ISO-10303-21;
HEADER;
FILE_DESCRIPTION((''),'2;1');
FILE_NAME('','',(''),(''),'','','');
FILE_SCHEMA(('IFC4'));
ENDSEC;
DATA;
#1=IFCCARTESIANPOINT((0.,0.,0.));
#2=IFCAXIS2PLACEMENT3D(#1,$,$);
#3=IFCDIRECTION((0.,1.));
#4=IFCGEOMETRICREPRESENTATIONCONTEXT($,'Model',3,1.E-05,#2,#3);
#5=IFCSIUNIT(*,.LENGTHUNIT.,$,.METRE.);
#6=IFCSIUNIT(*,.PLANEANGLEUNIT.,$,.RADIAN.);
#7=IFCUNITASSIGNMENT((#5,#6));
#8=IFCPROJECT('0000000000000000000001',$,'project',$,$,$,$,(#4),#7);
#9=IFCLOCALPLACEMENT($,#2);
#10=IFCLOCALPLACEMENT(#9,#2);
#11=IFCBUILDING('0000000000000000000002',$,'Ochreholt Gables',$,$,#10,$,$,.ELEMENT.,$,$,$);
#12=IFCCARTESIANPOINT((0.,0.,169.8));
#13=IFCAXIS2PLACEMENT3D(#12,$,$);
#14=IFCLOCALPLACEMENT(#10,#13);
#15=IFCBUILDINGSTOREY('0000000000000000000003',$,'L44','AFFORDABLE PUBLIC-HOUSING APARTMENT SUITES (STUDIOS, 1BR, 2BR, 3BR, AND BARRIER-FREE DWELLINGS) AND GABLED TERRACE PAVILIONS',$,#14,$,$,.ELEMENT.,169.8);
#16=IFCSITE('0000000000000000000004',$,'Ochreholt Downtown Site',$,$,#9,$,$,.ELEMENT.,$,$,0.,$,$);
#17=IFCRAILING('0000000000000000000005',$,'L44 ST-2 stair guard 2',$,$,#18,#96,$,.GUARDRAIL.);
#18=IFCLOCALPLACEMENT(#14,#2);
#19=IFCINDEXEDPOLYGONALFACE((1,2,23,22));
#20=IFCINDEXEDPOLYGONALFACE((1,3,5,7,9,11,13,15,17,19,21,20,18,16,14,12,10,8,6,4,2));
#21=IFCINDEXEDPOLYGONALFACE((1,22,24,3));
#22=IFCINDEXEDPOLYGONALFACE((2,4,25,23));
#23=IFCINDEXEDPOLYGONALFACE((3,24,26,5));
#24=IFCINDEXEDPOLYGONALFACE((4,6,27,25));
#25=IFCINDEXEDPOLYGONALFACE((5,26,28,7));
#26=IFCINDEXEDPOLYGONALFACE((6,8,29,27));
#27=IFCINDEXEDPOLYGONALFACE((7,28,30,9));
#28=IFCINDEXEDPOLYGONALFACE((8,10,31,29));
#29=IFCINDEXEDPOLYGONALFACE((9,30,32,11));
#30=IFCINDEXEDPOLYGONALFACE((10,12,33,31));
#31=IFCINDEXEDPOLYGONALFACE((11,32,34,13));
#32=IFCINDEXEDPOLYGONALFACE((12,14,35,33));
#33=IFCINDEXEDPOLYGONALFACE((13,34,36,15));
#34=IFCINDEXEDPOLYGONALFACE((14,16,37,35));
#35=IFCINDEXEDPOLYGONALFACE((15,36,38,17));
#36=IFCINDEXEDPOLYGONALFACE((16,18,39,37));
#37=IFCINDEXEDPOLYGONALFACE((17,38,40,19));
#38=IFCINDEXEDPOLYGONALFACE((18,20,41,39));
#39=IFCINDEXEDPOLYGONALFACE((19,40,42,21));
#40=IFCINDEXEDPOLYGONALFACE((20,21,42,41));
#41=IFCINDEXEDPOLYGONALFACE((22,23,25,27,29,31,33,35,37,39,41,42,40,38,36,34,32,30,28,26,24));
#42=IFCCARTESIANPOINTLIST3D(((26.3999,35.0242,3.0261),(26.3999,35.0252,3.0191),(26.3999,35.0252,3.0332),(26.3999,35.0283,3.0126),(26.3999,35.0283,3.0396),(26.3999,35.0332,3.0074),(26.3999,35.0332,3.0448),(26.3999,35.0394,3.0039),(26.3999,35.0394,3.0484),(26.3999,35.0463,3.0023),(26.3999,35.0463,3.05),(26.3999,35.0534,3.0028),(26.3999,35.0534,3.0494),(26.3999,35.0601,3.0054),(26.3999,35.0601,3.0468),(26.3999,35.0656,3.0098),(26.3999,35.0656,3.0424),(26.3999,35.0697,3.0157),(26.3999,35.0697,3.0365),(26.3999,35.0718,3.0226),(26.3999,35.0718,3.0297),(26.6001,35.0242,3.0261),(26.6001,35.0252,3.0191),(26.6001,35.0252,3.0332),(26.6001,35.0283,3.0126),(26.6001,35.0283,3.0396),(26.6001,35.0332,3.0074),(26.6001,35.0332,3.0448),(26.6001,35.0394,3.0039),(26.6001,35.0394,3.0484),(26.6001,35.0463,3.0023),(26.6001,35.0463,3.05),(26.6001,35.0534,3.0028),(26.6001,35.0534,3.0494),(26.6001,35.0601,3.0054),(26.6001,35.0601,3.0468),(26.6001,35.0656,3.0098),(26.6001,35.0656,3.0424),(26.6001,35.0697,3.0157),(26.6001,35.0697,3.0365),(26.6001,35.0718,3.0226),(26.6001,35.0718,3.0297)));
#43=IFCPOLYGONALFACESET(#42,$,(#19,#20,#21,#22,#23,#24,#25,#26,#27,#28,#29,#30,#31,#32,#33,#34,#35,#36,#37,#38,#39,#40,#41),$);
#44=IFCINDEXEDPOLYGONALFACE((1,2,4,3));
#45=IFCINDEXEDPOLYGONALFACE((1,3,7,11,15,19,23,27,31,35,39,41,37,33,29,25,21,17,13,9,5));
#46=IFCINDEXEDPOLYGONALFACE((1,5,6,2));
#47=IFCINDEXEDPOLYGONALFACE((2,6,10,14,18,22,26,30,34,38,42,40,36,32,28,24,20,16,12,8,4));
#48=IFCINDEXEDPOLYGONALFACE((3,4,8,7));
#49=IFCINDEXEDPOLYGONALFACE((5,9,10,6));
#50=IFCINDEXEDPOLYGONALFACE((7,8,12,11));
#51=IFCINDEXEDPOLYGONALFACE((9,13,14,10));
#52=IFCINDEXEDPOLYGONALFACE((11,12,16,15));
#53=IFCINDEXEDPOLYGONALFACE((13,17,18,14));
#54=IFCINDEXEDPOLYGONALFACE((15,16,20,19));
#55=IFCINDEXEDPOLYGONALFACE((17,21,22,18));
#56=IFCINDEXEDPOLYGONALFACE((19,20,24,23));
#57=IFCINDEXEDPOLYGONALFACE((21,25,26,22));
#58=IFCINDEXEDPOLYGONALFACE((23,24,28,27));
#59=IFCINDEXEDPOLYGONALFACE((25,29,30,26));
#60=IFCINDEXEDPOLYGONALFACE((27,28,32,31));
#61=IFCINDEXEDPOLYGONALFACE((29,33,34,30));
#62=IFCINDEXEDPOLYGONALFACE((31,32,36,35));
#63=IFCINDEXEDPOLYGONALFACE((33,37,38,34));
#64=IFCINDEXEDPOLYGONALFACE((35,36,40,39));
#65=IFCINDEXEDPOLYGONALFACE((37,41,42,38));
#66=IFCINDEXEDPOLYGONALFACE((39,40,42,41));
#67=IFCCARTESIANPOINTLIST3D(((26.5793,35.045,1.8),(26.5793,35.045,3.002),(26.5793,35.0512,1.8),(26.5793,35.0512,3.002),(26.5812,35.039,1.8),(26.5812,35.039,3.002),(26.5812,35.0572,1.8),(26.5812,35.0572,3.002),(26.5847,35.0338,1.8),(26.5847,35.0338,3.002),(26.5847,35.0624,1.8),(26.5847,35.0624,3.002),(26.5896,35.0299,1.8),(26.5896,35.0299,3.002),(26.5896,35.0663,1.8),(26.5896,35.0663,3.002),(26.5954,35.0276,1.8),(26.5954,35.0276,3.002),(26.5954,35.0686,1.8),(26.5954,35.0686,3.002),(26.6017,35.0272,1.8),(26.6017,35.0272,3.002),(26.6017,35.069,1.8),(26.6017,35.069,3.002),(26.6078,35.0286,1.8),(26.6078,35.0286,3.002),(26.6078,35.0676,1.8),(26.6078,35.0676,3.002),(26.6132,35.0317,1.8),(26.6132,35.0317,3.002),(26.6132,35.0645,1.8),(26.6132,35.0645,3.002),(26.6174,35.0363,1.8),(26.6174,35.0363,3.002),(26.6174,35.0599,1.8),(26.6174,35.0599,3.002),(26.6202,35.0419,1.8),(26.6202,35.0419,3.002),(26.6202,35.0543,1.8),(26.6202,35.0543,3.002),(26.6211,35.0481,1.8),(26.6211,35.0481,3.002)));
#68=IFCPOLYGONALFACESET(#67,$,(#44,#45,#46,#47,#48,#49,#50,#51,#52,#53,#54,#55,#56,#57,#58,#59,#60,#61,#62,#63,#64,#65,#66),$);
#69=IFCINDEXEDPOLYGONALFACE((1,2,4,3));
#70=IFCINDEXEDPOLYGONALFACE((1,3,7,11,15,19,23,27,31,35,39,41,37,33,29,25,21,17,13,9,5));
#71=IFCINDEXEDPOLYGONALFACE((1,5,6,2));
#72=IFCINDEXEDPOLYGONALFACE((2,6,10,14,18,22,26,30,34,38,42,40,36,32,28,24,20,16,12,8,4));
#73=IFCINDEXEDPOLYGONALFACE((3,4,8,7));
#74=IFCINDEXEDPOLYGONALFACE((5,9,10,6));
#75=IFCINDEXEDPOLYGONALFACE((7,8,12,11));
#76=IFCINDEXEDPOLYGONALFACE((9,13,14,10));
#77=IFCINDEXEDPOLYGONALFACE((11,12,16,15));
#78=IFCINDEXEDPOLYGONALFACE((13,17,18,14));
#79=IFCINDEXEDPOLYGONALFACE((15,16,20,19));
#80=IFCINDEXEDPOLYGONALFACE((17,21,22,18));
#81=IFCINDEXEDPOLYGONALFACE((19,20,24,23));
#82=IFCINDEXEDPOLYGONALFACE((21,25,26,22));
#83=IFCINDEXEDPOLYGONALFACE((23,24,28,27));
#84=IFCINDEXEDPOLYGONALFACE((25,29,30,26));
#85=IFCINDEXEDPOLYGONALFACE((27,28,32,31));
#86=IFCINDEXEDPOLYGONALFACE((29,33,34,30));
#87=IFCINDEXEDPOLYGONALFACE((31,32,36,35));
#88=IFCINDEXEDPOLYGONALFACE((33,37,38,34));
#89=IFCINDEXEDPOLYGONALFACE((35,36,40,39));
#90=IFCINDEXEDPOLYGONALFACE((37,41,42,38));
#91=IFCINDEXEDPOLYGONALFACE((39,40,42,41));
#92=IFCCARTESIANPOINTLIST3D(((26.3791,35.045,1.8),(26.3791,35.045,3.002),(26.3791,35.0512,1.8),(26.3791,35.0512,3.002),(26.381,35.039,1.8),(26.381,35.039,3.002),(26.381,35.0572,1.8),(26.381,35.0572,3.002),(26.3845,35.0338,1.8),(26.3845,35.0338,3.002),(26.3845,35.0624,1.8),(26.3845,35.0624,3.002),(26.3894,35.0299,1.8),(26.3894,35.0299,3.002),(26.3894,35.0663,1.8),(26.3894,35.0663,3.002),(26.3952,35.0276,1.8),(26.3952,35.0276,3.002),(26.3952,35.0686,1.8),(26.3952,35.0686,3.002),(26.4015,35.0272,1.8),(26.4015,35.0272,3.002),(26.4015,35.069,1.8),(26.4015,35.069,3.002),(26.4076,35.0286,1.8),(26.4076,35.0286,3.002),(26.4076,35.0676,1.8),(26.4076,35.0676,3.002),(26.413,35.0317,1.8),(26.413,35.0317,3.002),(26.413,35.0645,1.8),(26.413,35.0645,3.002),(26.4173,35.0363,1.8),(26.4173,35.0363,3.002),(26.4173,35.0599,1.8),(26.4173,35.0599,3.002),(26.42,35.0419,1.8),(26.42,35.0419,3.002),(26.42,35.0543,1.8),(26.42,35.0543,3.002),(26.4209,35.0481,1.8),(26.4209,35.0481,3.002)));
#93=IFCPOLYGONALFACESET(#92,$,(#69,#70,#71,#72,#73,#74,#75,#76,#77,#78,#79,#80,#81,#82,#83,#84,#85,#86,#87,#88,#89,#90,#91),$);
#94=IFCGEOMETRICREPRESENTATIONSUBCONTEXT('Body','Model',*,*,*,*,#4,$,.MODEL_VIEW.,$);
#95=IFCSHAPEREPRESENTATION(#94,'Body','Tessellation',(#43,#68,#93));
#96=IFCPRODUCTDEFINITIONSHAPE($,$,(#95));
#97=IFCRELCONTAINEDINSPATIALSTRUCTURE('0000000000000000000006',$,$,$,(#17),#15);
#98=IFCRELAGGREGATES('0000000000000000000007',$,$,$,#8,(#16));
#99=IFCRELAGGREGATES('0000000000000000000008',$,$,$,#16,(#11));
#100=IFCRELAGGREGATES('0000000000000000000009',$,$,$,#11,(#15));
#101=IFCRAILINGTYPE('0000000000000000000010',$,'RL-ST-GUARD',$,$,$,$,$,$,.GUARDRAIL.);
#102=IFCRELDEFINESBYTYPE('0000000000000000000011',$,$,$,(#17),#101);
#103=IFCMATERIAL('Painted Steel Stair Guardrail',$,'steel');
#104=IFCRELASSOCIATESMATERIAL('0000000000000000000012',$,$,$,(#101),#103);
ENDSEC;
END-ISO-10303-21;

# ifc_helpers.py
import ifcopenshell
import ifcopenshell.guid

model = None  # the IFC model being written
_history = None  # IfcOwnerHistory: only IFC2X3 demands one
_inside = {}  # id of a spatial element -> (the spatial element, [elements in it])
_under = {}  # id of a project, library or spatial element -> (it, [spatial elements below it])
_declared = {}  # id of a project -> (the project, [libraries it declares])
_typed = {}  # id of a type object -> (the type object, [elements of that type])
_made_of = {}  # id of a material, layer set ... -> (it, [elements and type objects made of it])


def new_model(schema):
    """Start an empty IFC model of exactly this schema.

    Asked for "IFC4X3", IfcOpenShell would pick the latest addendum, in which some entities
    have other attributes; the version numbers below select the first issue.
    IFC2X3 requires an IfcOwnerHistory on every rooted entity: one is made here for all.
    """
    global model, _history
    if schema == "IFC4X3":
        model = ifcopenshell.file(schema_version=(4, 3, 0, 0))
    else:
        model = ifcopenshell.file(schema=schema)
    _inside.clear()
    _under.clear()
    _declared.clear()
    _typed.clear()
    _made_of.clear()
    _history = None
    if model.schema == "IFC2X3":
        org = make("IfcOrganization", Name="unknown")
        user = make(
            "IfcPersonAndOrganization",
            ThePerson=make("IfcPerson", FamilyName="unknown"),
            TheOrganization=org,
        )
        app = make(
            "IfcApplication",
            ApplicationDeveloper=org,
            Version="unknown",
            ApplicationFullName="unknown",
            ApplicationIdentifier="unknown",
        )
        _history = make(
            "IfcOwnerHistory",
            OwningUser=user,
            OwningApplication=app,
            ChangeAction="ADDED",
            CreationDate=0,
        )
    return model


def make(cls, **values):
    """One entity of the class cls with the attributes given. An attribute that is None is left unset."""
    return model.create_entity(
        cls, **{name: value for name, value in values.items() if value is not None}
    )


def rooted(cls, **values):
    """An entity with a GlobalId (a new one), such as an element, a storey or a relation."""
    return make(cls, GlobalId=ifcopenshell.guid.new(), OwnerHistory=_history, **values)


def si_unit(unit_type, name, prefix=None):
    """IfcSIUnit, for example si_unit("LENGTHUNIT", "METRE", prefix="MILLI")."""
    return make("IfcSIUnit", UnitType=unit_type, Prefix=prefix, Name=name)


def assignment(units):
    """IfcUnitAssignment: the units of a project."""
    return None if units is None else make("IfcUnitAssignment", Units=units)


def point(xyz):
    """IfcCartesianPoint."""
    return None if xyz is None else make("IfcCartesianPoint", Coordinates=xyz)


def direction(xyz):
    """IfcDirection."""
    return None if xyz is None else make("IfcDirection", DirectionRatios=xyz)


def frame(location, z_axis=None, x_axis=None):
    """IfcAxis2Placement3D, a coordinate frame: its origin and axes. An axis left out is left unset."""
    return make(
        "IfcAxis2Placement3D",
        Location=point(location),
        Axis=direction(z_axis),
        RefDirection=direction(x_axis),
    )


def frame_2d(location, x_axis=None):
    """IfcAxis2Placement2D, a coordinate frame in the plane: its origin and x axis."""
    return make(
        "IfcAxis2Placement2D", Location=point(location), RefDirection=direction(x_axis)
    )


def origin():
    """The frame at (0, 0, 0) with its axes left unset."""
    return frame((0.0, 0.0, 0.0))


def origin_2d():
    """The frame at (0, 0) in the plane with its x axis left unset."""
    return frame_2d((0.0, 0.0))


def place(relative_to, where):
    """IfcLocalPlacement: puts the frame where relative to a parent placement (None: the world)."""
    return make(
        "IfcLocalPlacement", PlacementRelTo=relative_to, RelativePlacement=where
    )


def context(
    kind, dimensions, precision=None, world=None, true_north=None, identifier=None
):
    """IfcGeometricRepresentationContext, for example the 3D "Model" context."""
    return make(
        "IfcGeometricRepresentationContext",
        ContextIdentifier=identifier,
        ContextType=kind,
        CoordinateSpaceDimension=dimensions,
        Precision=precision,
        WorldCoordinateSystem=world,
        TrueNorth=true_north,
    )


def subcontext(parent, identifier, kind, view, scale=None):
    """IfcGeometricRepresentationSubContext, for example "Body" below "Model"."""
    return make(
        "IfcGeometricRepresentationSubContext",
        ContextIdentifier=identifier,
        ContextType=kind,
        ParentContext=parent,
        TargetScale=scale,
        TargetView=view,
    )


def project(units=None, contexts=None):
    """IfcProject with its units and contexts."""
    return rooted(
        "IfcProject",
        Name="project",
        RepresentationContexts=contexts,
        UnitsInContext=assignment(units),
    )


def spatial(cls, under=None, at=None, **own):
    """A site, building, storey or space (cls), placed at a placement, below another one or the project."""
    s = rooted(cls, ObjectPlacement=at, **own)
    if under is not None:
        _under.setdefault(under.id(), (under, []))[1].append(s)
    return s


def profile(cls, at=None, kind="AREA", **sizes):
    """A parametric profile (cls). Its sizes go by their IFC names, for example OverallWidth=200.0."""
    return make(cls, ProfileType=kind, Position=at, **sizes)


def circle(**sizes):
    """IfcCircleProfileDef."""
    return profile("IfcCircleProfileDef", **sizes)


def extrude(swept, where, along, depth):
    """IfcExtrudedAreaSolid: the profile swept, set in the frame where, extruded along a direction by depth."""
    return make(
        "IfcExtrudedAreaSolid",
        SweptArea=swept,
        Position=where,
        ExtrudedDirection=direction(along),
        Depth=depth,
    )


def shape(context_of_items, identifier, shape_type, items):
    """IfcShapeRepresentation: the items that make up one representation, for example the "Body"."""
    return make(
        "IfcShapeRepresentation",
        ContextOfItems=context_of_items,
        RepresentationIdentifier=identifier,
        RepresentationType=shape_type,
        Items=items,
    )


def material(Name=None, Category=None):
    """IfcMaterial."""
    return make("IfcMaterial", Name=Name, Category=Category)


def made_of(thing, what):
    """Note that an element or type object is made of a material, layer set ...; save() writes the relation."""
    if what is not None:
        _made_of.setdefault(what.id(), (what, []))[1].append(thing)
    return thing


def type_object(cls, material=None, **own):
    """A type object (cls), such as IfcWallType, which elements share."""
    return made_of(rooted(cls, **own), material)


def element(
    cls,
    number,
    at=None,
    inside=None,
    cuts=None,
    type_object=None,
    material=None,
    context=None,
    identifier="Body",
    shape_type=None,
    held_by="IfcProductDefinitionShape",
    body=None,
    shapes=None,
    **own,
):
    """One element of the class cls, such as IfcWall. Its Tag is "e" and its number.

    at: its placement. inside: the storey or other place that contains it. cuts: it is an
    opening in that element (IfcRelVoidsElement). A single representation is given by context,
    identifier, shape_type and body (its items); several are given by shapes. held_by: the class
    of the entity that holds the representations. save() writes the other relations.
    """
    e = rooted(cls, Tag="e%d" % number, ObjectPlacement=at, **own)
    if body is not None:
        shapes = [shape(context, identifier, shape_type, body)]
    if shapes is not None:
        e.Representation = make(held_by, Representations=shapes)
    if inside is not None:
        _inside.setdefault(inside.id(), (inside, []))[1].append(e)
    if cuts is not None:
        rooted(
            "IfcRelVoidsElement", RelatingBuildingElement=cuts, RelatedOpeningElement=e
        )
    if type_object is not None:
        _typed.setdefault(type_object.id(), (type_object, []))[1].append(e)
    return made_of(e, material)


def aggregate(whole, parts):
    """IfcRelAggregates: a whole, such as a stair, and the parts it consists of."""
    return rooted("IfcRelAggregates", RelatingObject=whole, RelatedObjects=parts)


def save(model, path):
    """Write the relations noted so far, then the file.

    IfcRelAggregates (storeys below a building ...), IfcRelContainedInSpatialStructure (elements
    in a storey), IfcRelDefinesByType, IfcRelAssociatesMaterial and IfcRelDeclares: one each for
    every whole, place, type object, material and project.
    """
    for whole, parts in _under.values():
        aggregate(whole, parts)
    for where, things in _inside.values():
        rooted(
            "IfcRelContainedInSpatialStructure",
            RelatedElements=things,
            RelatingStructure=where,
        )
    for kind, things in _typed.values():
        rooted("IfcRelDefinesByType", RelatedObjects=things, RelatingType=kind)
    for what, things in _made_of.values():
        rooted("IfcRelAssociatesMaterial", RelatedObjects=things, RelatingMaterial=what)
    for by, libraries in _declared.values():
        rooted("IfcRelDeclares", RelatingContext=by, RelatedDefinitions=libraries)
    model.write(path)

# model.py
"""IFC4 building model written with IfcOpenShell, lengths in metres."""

from ifc_helpers import new_model, si_unit, direction, frame, origin, origin_2d, place, context, subcontext, project, spatial, circle, extrude, material, type_object, element, save


model = new_model("IFC4")

# Units and contexts
model_context = context("Model", 3, precision=1e-05, world=origin(), true_north=direction((0.0, 1.0)))
body_context = subcontext(model_context, "Body", "Model", "MODEL_VIEW")
ifc_project = project(units=[si_unit("LENGTHUNIT", "METRE"), si_unit("PLANEANGLEUNIT", "RADIAN")], contexts=[model_context])

# Site, building, storey
site_placement = place(None, origin())
site = spatial("IfcSite", under=ifc_project, at=site_placement, Name="Ochreholt Downtown Site", CompositionType="ELEMENT", RefElevation=0.0)
building_placement = place(site_placement, origin())
building = spatial("IfcBuilding", under=site, at=building_placement, Name="Ochreholt Gables", CompositionType="ELEMENT")
storey_placement = place(building_placement, frame((0.0, 0.0, 169.8)))
storey = spatial("IfcBuildingStorey", under=building, at=storey_placement, Name="L44", Description="AFFORDABLE PUBLIC-HOUSING APARTMENT SUITES (STUDIOS, 1BR, 2BR, 3BR, AND BARRIER-FREE DWELLINGS) AND GABLED TERRACE PAVILIONS", CompositionType="ELEMENT", Elevation=169.8)

# Railing
ifc_material_1 = material(Name="Painted Steel Stair Guardrail", Category="steel")
railing_type_1 = type_object("IfcRailingType", Name="RL-ST-GUARD", PredefinedType="GUARDRAIL", material=ifc_material_1)
railing_1_placement = place(storey_placement, frame((26.6001, 35.0481, 1.8)))
element("IfcRailing", 1, at=railing_1_placement, inside=storey, type_object=railing_type_1, Name="L44 ST-2 stair guard 2", PredefinedType="GUARDRAIL", context=body_context, shape_type="SweptSolid", body=[
    extrude(circle(Radius=0.0239, at=origin_2d()), frame((0.0, 0.0, 1.2261), z_axis=(-1.0, 0.0, 0.0), x_axis=(0.0, -1.0, 0.0)), (0.0, 0.0, 1.0), 0.2002),
    extrude(circle(Radius=0.021, at=origin_2d()), origin(), (0.0, 0.0, 1.0), 1.2019),
    extrude(circle(Radius=0.021, at=origin_2d()), frame((-0.2002, 0.0, 0.0)), (0.0, 0.0, 1.0), 1.2019),
])

save(model, "model.ifc")
